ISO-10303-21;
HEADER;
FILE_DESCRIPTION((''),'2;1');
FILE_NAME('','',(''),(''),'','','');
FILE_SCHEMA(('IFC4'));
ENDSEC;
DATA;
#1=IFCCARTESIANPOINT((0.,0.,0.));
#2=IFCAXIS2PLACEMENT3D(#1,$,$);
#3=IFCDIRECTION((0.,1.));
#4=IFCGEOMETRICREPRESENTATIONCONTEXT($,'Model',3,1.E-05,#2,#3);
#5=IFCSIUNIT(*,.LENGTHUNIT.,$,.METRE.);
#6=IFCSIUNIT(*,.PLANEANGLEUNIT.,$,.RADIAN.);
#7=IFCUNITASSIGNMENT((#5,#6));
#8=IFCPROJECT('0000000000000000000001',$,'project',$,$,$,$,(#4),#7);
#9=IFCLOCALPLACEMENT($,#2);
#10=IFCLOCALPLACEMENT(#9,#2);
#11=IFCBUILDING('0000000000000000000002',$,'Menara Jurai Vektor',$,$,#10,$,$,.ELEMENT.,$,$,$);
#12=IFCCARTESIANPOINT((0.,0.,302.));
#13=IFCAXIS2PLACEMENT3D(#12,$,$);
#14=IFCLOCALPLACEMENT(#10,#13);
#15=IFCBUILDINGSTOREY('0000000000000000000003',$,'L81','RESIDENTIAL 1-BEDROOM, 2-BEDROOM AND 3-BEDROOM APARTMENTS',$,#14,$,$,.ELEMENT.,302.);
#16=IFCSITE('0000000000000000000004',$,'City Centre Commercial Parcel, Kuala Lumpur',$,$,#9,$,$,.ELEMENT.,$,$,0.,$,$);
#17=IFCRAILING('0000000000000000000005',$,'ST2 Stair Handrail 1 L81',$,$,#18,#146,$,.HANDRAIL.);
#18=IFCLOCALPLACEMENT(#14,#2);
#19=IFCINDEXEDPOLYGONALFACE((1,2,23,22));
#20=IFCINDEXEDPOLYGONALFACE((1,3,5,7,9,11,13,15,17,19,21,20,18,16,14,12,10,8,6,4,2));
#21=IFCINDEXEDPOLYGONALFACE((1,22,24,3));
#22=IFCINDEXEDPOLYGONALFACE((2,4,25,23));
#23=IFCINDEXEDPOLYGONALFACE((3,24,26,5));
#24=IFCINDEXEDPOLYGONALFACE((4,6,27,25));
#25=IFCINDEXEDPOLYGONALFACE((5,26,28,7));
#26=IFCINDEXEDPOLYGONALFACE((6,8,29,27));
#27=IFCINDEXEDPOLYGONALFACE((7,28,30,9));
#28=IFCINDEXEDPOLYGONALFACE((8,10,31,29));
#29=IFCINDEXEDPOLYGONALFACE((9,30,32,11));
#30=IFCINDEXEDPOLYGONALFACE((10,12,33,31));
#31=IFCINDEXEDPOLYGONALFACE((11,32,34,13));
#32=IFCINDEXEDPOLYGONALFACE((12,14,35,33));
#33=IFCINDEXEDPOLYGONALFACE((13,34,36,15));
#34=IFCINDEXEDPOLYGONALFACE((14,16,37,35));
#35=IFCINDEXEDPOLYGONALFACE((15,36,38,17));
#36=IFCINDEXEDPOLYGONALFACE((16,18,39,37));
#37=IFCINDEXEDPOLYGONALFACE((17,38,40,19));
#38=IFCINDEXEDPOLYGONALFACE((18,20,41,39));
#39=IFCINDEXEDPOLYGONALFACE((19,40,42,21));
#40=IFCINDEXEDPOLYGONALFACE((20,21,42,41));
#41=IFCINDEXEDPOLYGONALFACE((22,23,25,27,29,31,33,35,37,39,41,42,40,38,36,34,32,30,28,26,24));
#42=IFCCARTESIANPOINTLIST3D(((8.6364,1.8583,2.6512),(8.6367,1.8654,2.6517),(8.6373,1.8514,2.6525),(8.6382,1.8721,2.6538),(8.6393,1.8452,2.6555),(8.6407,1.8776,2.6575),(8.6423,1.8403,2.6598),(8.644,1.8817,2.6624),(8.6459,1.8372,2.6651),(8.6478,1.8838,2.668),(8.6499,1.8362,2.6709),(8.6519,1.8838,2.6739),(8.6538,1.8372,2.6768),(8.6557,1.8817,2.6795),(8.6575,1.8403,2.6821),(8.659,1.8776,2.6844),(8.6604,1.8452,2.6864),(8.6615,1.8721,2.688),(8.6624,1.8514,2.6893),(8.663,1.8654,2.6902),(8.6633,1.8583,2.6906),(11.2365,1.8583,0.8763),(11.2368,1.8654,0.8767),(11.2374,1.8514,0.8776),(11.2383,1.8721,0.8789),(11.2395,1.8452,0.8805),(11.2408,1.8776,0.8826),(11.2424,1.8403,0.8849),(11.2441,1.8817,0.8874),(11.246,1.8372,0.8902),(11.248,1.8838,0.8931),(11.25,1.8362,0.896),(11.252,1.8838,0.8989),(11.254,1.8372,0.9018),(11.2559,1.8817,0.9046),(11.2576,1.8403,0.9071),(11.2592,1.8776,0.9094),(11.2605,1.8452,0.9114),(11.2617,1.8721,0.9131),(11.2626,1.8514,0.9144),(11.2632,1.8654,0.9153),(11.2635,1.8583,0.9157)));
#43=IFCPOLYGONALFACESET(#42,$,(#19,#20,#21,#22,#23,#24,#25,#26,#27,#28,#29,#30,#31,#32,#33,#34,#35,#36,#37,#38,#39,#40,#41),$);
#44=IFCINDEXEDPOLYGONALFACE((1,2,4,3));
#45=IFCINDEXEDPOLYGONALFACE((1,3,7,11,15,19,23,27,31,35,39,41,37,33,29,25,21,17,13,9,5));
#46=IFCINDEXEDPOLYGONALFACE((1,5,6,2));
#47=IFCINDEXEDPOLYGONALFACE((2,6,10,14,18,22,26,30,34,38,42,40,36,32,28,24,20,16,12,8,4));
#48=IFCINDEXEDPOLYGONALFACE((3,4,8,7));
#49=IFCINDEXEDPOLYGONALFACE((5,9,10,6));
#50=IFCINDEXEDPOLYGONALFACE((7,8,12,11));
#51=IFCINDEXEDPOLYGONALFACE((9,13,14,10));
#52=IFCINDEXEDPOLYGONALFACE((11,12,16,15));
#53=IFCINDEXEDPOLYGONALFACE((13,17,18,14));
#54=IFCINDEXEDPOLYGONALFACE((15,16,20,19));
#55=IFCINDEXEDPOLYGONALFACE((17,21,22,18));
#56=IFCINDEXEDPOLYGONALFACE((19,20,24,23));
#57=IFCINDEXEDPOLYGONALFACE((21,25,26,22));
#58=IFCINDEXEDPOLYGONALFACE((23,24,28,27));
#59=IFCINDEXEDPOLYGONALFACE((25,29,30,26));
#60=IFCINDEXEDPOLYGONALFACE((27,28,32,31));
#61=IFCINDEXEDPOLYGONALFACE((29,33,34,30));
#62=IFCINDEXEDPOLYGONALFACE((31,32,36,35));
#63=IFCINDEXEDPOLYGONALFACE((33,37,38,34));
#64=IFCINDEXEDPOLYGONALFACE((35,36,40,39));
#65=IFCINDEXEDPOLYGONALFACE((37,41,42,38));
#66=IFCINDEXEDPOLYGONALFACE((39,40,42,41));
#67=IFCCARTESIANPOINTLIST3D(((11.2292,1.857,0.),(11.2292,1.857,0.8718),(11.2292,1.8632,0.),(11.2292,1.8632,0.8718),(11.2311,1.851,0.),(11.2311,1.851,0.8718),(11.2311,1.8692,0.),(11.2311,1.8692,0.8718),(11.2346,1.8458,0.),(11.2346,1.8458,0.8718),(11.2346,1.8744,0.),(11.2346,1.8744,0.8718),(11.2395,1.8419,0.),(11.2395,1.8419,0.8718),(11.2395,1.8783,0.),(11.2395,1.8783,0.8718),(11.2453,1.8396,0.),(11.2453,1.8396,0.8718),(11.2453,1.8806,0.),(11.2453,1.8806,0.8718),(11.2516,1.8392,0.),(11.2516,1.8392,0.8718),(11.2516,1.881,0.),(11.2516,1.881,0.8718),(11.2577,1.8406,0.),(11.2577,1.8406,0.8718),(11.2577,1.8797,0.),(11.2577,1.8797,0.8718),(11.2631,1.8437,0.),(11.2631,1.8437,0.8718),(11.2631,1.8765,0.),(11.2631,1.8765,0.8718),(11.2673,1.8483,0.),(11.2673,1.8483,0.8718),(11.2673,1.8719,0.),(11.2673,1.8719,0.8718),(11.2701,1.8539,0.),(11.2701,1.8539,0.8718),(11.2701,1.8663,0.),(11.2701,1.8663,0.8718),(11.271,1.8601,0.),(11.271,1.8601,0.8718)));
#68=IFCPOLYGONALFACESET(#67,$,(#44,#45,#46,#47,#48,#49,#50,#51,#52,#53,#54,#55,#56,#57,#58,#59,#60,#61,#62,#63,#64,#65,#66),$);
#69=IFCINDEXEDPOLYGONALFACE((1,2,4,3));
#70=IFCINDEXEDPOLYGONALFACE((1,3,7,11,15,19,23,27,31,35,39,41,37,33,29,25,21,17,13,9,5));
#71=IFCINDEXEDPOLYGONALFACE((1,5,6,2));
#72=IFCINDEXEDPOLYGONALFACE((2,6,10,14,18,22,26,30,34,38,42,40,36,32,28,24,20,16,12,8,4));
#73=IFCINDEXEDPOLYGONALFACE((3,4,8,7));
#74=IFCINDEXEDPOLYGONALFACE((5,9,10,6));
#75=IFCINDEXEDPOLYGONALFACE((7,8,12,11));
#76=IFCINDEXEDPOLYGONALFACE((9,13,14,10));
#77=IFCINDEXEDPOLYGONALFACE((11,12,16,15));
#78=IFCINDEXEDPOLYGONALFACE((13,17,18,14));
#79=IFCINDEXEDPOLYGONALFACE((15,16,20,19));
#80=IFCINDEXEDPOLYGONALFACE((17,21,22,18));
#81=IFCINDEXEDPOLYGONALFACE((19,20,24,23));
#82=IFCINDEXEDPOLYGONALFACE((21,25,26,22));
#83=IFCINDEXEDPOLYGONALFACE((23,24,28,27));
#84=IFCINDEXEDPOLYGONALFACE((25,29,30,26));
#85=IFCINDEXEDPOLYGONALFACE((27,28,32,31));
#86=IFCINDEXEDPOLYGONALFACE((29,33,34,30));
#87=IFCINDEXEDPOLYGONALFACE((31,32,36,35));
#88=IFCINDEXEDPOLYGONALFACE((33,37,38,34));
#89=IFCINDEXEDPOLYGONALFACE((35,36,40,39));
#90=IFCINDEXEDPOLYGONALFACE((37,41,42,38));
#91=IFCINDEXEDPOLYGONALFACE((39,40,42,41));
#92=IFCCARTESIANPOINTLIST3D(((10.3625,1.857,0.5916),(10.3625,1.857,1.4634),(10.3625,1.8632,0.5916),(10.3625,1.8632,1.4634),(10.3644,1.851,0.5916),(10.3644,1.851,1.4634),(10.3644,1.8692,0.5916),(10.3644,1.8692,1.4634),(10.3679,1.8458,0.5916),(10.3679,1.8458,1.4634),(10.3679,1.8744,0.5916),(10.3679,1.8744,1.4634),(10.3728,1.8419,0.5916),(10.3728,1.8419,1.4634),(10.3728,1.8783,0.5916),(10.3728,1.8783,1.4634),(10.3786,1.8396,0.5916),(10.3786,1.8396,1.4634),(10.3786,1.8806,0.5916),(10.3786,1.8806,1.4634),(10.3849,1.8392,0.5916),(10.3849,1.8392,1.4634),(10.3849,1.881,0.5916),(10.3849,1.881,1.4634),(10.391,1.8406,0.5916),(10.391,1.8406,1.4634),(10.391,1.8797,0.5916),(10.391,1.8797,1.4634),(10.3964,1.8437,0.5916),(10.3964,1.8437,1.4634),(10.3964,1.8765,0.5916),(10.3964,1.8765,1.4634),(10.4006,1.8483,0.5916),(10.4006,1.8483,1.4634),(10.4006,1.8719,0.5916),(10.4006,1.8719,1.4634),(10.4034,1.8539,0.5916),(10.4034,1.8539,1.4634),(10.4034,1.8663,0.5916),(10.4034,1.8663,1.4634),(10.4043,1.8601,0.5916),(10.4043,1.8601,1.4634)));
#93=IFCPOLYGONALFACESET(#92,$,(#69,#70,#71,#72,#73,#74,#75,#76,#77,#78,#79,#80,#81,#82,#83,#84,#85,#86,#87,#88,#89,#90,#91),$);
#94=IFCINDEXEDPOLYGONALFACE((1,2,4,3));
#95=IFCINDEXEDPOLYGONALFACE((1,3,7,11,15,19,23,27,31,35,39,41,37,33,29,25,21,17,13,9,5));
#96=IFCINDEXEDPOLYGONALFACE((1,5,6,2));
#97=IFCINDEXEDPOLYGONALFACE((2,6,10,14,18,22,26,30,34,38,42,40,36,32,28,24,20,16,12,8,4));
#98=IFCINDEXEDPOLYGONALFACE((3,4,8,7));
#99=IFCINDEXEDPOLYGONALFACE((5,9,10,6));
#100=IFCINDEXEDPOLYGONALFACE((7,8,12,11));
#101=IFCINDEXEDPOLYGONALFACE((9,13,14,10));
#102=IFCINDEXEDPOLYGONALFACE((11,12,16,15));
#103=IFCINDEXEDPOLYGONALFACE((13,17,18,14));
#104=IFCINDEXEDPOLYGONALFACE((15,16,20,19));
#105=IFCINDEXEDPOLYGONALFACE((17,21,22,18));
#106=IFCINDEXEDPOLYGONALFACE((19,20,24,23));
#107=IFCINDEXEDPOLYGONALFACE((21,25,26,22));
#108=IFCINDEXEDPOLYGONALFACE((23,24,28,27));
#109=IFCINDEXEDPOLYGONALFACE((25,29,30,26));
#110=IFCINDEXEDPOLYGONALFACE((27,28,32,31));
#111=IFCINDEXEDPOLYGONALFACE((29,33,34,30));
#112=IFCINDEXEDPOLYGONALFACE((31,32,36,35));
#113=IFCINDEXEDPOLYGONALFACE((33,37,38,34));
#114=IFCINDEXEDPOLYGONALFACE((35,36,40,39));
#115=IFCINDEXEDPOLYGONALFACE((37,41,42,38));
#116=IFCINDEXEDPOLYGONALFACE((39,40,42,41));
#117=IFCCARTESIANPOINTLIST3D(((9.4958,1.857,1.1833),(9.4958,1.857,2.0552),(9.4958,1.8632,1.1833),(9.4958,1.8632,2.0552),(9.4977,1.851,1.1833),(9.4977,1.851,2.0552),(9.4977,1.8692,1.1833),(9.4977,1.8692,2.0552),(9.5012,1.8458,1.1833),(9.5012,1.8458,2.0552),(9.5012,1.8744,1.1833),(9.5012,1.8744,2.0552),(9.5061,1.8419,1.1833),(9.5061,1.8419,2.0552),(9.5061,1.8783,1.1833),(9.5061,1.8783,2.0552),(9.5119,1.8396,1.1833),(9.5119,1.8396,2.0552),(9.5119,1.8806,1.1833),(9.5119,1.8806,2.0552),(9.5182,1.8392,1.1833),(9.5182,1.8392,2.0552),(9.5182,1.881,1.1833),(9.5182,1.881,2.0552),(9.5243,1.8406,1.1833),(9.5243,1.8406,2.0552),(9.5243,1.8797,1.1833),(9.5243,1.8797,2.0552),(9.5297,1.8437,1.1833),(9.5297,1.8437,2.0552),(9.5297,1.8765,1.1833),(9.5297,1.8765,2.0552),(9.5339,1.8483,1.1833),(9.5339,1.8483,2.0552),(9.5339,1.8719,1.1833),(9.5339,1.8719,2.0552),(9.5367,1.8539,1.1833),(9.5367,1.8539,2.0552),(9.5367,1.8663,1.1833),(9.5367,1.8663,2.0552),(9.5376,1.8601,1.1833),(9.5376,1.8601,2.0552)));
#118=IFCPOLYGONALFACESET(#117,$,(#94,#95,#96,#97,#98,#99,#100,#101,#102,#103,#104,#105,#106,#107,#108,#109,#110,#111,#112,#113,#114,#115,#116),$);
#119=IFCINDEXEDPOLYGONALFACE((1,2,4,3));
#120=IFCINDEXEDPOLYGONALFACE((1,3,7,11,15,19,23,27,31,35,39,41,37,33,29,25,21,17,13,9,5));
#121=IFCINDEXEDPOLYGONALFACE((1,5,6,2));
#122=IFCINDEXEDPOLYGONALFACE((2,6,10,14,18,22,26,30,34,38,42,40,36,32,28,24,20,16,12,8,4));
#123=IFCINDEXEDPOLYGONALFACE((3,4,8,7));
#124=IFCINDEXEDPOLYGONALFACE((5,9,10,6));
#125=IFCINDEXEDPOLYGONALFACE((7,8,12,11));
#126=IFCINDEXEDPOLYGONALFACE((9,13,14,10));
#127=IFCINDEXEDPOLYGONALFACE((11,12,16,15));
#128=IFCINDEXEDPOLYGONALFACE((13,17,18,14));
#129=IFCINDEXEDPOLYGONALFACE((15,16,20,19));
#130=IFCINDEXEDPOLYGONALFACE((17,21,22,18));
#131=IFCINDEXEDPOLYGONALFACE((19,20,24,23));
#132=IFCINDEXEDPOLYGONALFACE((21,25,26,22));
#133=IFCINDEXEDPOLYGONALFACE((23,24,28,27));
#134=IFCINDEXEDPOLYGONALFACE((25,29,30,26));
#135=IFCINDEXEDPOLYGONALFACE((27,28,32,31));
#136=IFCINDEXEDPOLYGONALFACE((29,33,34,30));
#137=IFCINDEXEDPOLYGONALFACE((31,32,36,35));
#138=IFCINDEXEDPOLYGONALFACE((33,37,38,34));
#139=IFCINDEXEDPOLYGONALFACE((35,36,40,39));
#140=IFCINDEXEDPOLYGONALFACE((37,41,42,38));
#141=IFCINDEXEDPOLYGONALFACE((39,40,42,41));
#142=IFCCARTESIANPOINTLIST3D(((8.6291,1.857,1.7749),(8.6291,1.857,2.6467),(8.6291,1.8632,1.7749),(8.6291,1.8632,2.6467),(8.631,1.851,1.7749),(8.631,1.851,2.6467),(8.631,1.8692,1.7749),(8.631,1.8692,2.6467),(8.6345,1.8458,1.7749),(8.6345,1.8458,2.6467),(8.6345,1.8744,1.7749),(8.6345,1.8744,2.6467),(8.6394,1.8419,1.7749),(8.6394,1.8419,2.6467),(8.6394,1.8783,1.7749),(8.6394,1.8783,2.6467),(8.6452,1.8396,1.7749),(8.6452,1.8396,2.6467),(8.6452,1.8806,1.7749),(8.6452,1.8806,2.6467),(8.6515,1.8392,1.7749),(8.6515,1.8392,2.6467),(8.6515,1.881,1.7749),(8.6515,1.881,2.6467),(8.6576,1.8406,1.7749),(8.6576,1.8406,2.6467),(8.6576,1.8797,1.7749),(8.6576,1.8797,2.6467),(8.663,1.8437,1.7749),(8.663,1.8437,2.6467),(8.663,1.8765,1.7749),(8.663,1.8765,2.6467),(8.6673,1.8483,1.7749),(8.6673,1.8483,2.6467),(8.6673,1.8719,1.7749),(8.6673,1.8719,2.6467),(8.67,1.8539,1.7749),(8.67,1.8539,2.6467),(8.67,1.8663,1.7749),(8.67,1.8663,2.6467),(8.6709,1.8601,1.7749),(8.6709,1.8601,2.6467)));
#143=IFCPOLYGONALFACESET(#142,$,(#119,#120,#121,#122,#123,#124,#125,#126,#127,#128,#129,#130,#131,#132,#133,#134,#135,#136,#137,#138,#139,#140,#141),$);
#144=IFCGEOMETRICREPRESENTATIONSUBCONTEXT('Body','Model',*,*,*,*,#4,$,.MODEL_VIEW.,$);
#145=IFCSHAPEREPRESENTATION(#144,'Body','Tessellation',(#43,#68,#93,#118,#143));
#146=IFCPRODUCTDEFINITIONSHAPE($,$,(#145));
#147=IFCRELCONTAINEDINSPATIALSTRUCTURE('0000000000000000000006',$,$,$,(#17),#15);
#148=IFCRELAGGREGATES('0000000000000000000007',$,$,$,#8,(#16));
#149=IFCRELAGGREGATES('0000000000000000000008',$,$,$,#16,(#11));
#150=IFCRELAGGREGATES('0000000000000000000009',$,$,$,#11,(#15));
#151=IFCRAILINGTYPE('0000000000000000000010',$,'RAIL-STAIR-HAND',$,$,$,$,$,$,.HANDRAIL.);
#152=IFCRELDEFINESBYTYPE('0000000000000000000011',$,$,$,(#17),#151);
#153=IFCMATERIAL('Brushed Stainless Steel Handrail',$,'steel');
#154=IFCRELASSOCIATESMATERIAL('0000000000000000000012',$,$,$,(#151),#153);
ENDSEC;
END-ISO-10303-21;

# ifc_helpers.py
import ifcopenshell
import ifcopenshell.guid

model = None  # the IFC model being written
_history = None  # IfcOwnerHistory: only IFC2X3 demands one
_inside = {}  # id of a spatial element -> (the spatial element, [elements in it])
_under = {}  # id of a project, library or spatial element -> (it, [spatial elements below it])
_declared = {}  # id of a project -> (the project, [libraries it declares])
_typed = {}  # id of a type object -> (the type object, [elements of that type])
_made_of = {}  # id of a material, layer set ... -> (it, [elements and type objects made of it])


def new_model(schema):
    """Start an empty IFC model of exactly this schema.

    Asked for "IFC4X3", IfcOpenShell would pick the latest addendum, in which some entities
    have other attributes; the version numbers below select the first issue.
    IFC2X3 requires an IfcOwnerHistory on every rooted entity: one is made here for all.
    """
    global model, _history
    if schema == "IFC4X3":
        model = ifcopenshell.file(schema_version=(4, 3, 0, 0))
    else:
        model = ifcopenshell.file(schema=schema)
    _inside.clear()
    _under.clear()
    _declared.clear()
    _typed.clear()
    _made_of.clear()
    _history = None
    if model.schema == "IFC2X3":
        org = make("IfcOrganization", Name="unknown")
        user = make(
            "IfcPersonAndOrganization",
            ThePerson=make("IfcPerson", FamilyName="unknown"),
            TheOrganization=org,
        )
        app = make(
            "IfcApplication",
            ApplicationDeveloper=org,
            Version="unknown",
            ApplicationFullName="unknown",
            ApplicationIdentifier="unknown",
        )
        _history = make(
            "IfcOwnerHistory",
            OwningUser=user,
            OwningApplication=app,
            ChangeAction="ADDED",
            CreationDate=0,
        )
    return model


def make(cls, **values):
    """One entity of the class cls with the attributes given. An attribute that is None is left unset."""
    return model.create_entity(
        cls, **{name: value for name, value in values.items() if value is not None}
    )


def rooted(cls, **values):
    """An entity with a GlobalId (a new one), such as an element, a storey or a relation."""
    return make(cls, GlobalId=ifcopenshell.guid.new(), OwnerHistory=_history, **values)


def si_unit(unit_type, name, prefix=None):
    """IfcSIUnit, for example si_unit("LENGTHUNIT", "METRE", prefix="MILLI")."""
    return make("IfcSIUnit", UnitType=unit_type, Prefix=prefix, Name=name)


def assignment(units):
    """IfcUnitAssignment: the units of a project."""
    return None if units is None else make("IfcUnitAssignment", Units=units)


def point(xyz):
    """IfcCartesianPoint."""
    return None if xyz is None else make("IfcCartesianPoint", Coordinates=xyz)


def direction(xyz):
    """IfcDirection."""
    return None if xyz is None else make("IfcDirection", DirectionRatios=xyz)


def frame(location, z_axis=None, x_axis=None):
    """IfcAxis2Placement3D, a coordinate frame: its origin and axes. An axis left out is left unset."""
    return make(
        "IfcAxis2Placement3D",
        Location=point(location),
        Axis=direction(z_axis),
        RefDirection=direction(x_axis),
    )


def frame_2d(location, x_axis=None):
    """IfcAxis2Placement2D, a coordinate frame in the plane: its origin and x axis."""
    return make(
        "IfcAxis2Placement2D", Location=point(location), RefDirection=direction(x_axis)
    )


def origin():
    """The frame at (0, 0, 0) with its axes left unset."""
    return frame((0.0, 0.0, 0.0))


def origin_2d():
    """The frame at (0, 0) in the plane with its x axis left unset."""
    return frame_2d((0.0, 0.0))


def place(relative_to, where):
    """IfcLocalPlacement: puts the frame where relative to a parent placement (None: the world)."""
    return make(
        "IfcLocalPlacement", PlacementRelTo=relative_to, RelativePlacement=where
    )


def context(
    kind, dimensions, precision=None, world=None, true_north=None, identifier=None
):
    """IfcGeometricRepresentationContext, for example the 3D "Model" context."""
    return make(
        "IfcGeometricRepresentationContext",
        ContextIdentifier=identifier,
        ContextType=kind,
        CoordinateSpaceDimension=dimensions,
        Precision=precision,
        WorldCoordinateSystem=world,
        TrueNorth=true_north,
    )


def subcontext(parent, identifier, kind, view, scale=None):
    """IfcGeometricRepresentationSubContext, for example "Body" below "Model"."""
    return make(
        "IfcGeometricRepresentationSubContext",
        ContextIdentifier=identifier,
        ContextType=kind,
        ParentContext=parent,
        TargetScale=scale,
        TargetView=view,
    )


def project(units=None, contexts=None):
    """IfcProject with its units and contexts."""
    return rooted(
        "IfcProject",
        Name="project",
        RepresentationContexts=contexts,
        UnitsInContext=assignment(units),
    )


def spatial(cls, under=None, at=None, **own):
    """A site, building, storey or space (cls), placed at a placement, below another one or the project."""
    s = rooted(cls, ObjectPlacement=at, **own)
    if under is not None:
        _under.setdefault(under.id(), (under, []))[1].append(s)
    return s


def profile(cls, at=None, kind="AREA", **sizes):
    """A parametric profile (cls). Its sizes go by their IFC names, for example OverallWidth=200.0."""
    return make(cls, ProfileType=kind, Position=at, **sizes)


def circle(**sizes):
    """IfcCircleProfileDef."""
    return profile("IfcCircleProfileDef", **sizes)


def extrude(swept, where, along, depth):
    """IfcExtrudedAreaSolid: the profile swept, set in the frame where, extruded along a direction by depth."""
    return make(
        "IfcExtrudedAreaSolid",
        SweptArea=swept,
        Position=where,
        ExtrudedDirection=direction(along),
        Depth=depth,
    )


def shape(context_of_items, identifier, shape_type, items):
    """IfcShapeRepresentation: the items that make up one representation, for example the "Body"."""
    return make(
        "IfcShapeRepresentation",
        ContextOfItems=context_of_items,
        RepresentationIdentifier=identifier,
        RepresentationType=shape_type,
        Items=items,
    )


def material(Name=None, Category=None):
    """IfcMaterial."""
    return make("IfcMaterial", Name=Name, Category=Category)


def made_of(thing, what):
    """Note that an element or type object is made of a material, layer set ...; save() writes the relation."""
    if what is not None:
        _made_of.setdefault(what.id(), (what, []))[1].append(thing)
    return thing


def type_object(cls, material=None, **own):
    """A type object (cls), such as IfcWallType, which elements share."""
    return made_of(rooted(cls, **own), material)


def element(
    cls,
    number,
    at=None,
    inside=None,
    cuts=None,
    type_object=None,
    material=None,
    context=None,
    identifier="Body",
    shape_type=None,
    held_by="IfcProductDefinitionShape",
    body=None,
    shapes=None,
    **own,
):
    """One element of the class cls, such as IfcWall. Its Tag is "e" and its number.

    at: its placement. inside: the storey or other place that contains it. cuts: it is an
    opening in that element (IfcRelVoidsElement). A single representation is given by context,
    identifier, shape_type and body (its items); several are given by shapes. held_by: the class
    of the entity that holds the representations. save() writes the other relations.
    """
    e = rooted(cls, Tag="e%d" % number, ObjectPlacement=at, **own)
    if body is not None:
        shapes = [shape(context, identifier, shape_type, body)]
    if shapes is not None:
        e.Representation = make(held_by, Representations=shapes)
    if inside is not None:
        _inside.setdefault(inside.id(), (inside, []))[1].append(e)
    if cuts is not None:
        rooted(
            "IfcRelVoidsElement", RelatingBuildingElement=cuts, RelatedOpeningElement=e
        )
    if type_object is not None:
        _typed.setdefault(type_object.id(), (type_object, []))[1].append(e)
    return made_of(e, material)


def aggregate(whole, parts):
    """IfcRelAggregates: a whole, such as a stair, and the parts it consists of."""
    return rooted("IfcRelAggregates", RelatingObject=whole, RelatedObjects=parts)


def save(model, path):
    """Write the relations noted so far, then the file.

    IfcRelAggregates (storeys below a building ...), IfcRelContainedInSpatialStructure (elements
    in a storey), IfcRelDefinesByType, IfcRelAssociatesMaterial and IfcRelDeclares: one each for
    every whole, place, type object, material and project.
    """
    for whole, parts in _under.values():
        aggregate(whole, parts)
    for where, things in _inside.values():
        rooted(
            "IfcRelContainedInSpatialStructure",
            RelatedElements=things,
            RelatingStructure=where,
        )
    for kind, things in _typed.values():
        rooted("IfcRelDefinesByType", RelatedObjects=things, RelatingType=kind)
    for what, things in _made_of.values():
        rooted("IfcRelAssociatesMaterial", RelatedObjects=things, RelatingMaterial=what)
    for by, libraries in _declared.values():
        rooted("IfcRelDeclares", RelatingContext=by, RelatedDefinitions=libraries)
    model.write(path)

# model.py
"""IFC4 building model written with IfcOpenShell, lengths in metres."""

from ifc_helpers import new_model, si_unit, direction, frame, origin, origin_2d, place, context, subcontext, project, spatial, circle, extrude, material, type_object, element, save


model = new_model("IFC4")

# Units and contexts
model_context = context("Model", 3, precision=1e-05, world=origin(), true_north=direction((0.0, 1.0)))
body_context = subcontext(model_context, "Body", "Model", "MODEL_VIEW")
ifc_project = project(units=[si_unit("LENGTHUNIT", "METRE"), si_unit("PLANEANGLEUNIT", "RADIAN")], contexts=[model_context])

# Site, building, storey
site_placement = place(None, origin())
site = spatial("IfcSite", under=ifc_project, at=site_placement, Name="City Centre Commercial Parcel, Kuala Lumpur", CompositionType="ELEMENT", RefElevation=0.0)
building_placement = place(site_placement, origin())
building = spatial("IfcBuilding", under=site, at=building_placement, Name="Menara Jurai Vektor", CompositionType="ELEMENT")
storey_placement = place(building_placement, frame((0.0, 0.0, 302.0)))
storey = spatial("IfcBuildingStorey", under=building, at=storey_placement, Name="L81", Description="RESIDENTIAL 1-BEDROOM, 2-BEDROOM AND 3-BEDROOM APARTMENTS", CompositionType="ELEMENT", Elevation=302.0)

# Railing
ifc_material_1 = material(Name="Brushed Stainless Steel Handrail", Category="steel")
railing_type_1 = type_object("IfcRailingType", Name="RAIL-STAIR-HAND", PredefinedType="HANDRAIL", material=ifc_material_1)
railing_1_placement = place(storey_placement, frame((11.25, 1.8601, 0.0)))
element("IfcRailing", 1, at=railing_1_placement, inside=storey, type_object=railing_type_1, Name="ST2 Stair Handrail 1 L81", PredefinedType="HANDRAIL", context=body_context, shape_type="SweptSolid", body=[
    extrude(circle(Radius=0.0239, at=origin_2d()), frame((0.0, 0.0, 0.896), z_axis=(-0.825915, 0.0, 0.563794), x_axis=(0.0, -1.0, 0.0)), (0.0, 0.0, 1.0), 3.1482),
    extrude(circle(Radius=0.021, at=origin_2d()), origin(), (0.0, 0.0, 1.0), 0.8718),
    extrude(circle(Radius=0.021, at=origin_2d()), frame((-0.8667, 0.0, 0.5916)), (0.0, 0.0, 1.0), 0.8718),
    extrude(circle(Radius=0.021, at=origin_2d()), frame((-1.7334, 0.0, 1.1833)), (0.0, 0.0, 1.0), 0.8718),
    extrude(circle(Radius=0.021, at=origin_2d()), frame((-2.6001, 0.0, 1.7749)), (0.0, 0.0, 1.0), 0.8718),
])

save(model, "model.ifc")
